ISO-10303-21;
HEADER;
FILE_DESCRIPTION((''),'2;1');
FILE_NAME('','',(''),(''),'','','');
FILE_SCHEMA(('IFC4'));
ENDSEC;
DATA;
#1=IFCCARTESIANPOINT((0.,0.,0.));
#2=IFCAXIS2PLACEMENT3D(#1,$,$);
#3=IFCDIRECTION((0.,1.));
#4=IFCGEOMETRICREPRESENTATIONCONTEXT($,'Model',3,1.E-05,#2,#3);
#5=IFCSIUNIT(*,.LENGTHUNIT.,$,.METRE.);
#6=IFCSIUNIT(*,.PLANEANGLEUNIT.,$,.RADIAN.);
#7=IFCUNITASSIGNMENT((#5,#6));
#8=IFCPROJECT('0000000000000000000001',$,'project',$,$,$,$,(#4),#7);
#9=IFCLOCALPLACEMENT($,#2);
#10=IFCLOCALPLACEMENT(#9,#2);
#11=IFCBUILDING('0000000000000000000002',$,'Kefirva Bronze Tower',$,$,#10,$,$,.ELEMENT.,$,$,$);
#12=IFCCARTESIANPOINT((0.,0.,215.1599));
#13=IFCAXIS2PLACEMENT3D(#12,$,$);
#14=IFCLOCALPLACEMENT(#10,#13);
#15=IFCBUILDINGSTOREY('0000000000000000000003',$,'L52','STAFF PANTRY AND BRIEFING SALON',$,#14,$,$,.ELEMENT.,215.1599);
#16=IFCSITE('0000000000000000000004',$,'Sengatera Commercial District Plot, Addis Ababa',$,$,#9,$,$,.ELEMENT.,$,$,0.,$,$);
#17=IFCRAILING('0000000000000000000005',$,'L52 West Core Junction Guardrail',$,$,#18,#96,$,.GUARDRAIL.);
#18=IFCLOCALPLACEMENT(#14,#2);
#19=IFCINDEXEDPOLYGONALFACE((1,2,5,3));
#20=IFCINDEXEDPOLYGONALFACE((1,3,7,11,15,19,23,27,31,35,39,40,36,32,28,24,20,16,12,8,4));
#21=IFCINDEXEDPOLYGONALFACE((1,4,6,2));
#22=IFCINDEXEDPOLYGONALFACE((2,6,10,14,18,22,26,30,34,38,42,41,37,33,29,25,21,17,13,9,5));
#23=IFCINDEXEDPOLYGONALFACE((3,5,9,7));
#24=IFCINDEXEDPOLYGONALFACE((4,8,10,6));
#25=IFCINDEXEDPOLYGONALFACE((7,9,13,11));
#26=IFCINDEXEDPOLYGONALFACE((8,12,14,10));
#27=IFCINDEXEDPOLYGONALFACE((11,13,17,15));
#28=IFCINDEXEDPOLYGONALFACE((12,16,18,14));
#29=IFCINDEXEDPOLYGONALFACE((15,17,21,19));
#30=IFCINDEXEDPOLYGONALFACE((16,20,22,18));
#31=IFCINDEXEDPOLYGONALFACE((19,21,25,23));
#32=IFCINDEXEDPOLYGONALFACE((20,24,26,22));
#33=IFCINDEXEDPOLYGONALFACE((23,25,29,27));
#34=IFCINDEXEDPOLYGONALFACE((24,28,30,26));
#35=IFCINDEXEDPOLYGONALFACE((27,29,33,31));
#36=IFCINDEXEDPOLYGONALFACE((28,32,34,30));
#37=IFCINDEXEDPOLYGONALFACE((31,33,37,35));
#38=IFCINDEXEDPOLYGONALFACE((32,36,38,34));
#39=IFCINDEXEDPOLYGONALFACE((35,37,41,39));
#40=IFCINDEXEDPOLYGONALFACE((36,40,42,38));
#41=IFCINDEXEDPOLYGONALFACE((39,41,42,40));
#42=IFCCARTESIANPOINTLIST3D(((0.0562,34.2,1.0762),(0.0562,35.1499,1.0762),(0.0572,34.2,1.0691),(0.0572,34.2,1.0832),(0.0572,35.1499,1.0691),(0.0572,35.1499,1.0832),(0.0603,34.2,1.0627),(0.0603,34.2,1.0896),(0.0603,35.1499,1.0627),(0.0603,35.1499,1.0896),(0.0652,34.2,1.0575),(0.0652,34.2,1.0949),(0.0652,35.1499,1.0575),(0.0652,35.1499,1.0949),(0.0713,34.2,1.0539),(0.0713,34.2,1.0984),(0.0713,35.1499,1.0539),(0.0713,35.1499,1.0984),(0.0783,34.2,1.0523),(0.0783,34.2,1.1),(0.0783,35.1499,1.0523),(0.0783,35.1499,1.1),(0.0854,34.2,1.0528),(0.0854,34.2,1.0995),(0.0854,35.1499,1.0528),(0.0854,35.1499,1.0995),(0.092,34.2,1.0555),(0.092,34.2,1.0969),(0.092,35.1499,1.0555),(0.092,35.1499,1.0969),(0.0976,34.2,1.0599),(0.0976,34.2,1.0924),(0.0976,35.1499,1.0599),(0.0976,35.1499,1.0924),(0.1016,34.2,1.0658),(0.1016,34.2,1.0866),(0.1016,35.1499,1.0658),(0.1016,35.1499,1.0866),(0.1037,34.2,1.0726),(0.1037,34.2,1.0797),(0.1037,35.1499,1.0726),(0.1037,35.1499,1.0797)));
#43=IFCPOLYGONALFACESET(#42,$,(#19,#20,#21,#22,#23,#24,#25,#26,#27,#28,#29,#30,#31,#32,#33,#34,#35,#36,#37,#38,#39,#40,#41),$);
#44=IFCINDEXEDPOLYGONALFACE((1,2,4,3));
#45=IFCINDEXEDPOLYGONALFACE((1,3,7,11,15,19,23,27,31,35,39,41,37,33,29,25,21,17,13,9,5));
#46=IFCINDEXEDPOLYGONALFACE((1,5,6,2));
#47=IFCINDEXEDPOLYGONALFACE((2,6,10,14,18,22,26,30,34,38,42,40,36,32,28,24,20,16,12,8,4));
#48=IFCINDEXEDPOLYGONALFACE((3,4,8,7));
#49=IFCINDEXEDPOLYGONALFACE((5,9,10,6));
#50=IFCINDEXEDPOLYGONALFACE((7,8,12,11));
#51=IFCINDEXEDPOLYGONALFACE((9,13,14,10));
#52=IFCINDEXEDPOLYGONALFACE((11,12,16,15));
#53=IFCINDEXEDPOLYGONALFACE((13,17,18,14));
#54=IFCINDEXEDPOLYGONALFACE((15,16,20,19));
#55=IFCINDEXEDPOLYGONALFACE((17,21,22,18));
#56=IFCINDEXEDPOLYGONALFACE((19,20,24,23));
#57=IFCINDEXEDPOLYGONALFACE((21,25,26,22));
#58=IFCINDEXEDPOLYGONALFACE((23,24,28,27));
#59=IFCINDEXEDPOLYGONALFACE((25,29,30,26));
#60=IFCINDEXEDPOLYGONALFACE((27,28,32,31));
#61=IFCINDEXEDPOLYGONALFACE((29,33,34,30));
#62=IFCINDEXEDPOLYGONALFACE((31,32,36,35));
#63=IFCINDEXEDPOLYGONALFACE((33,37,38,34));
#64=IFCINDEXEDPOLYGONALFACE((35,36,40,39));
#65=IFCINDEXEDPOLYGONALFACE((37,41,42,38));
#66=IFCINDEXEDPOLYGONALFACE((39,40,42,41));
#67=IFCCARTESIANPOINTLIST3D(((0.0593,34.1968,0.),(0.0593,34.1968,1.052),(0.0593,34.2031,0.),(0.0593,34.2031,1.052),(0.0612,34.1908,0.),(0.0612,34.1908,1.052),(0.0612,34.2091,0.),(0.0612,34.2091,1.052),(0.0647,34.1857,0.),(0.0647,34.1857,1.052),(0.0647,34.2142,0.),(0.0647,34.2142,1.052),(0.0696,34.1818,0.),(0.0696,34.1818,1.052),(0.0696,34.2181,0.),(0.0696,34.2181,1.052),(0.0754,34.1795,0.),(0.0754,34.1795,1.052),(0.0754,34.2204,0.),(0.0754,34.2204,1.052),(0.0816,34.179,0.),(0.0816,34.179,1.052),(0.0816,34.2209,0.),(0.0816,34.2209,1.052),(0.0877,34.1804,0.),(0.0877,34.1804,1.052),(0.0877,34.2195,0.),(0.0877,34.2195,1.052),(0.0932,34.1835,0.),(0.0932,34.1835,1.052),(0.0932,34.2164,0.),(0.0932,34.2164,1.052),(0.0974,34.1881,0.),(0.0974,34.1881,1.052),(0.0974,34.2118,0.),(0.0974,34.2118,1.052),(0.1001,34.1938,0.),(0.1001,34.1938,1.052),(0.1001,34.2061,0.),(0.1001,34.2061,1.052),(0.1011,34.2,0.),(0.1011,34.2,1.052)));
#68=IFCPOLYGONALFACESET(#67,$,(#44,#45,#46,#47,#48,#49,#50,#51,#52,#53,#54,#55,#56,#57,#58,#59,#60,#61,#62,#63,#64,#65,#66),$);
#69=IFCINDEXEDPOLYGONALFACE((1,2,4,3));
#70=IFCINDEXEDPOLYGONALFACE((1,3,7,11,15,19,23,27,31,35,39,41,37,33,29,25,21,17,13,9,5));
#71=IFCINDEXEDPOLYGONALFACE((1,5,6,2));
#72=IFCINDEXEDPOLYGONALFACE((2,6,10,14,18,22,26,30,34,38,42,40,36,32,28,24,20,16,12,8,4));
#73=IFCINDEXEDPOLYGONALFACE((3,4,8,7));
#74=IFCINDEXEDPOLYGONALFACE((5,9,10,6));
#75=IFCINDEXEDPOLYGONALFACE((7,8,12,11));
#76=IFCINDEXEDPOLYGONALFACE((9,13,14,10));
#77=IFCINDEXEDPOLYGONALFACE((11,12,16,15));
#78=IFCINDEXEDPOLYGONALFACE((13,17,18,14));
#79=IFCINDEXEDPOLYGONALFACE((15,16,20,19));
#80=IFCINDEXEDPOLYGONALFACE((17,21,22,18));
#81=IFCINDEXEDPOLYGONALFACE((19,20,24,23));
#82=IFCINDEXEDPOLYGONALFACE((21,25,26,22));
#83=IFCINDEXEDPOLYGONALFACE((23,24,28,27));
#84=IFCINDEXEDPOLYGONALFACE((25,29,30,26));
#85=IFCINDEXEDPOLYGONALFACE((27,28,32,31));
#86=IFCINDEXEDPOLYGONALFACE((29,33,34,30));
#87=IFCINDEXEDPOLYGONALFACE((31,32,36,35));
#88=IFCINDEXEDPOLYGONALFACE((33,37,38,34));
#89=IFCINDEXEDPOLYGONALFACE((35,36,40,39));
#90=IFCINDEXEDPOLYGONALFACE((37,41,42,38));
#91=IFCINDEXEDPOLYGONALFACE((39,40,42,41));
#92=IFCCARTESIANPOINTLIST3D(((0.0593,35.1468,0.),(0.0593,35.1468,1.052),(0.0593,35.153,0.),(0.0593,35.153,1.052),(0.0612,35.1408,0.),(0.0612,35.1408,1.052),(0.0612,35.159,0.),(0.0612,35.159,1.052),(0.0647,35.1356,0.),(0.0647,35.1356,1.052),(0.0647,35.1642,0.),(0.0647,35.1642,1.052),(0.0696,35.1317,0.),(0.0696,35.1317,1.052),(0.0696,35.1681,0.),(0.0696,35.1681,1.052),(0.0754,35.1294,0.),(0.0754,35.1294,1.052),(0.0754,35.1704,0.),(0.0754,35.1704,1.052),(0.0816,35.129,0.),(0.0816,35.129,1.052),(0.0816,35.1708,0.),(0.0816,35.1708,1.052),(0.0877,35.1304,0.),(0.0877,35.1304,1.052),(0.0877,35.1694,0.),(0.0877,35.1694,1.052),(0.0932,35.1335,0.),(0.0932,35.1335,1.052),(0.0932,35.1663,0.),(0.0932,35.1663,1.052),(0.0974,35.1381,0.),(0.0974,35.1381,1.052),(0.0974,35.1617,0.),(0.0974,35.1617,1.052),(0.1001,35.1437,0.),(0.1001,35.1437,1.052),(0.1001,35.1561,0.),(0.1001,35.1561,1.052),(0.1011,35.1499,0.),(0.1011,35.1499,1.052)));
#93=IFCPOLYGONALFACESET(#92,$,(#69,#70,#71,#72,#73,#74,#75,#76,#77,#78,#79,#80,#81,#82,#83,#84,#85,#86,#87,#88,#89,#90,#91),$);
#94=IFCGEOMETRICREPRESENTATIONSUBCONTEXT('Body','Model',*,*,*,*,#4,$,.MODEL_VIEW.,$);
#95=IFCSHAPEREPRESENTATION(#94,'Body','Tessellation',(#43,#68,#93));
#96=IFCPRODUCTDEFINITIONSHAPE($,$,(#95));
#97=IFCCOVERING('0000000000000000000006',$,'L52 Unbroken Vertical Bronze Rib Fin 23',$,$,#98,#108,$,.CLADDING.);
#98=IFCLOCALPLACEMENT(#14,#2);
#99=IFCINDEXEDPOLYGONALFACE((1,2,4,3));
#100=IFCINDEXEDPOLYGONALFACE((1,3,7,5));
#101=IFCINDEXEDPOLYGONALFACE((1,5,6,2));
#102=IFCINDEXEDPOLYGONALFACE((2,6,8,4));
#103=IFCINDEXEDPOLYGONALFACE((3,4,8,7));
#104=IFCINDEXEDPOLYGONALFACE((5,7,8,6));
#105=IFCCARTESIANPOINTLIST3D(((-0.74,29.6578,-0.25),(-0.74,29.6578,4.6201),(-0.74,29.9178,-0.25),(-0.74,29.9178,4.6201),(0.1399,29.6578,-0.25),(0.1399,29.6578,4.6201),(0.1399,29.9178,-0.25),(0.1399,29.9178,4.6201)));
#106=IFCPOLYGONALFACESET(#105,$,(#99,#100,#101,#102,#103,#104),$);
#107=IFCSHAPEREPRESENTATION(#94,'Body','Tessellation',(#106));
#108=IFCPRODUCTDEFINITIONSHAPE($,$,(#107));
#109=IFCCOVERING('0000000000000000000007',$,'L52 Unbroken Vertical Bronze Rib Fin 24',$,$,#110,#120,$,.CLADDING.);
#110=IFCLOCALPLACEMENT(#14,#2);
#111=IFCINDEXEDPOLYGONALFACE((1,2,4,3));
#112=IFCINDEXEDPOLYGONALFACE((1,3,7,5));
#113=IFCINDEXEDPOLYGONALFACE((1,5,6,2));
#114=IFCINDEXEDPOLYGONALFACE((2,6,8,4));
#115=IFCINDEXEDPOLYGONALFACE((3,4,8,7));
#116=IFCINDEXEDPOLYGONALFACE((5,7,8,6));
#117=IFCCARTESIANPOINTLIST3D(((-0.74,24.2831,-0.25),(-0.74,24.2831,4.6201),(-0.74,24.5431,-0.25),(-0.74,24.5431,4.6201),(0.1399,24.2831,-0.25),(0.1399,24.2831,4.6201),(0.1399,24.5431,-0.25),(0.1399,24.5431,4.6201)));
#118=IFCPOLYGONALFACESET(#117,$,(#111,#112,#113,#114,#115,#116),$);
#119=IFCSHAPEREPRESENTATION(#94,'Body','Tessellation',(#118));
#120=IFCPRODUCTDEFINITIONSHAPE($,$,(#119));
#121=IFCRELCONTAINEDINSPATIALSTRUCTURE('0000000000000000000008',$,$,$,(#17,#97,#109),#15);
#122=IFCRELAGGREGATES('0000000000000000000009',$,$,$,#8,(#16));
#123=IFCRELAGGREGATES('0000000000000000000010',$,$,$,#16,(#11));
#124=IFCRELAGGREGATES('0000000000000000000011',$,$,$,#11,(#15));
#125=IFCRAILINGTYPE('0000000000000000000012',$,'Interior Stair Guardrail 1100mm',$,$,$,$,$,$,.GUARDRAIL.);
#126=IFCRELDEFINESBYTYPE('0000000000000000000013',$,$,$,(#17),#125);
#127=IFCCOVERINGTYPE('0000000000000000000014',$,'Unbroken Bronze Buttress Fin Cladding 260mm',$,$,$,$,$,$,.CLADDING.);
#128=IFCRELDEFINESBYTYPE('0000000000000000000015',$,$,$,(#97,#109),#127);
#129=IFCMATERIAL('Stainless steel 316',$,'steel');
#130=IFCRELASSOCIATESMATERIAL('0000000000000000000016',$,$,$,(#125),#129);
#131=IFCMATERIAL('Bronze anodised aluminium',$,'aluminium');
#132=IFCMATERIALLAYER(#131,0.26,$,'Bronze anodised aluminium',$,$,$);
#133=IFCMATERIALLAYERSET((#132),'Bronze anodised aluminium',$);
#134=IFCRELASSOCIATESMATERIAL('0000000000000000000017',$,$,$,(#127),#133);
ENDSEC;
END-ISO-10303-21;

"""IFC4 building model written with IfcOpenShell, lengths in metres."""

from ifc_helpers import new_model, si_unit, direction, frame, origin, origin_2d, place, context, subcontext, project, spatial, rectangle, circle, extrude, material, layer, layer_set, type_object, element, save


model = new_model("IFC4")

# Units and contexts
model_context = context("Model", 3, precision=1e-05, world=origin(), true_north=direction((0.0, 1.0)))
body_context = subcontext(model_context, "Body", "Model", "MODEL_VIEW")
ifc_project = project(units=[si_unit("LENGTHUNIT", "METRE"), si_unit("PLANEANGLEUNIT", "RADIAN")], contexts=[model_context])

# Site, building, storey
site_placement = place(None, origin())
site = spatial("IfcSite", under=ifc_project, at=site_placement, Name="Sengatera Commercial District Plot, Addis Ababa", CompositionType="ELEMENT", RefElevation=0.0)
building_placement = place(site_placement, origin())
building = spatial("IfcBuilding", under=site, at=building_placement, Name="Kefirva Bronze Tower", CompositionType="ELEMENT")
storey_placement = place(building_placement, frame((0.0, 0.0, 215.1599)))
storey = spatial("IfcBuildingStorey", under=building, at=storey_placement, Name="L52", Description="STAFF PANTRY AND BRIEFING SALON", CompositionType="ELEMENT", Elevation=215.1599)

# Shared definitions
ifc_material_1 = material(Name="Bronze anodised aluminium", Category="aluminium")

# Railing
ifc_material_2 = material(Name="Stainless steel 316", Category="steel")
railing_type = type_object("IfcRailingType", Name="Interior Stair Guardrail 1100mm", PredefinedType="GUARDRAIL", material=ifc_material_2)
railing_placement = place(storey_placement, frame((0.0801, 34.2, 0.0)))
element("IfcRailing", 1, at=railing_placement, inside=storey, type_object=railing_type, Name="L52 West Core Junction Guardrail", PredefinedType="GUARDRAIL", context=body_context, shape_type="SweptSolid", body=[
    extrude(circle(Radius=0.0239, at=origin_2d()), frame((0.0, 0.0, 1.0762), z_axis=(0.0, 1.0, 0.0), x_axis=(-1.0, 0.0, 0.0)), (0.0, 0.0, 1.0), 0.95),
    extrude(circle(Radius=0.021, at=origin_2d()), origin(), (0.0, 0.0, 1.0), 1.052),
    extrude(circle(Radius=0.021, at=origin_2d()), frame((0.0, 0.95, 0.0)), (0.0, 0.0, 1.0), 1.052),
])

# Coverings
ifc_layer_1 = layer(ifc_material_1, 0.26, Name="Bronze anodised aluminium")
ifc_layer_set_1 = layer_set([ifc_layer_1], Name="Bronze anodised aluminium")
covering_type = type_object("IfcCoveringType", Name="Unbroken Bronze Buttress Fin Cladding 260mm", PredefinedType="CLADDING", material=ifc_layer_set_1)
for number, where, z_axis, x_axis, name in (
    (2, (-0.3, 29.7878, -0.25), (0.0, 0.0, 1.0), (0.0, -1.0, 0.0), "L52 Unbroken Vertical Bronze Rib Fin 23"),
    (3, (-0.3, 24.4131, -0.25), (0.0, 0.0, 1.0), (0.0, -1.0, 0.0), "L52 Unbroken Vertical Bronze Rib Fin 24"),
):
    element("IfcCovering", number, at=place(storey_placement, frame(where, z_axis=z_axis, x_axis=x_axis)), inside=storey, type_object=covering_type, Name=name, PredefinedType="CLADDING", context=body_context, shape_type="SweptSolid", body=[
        extrude(rectangle(XDim=0.26, YDim=0.8799, at=origin_2d()), origin(), (0.0, 0.0, 1.0), 4.8701),
    ])

save(model, "model.ifc")
